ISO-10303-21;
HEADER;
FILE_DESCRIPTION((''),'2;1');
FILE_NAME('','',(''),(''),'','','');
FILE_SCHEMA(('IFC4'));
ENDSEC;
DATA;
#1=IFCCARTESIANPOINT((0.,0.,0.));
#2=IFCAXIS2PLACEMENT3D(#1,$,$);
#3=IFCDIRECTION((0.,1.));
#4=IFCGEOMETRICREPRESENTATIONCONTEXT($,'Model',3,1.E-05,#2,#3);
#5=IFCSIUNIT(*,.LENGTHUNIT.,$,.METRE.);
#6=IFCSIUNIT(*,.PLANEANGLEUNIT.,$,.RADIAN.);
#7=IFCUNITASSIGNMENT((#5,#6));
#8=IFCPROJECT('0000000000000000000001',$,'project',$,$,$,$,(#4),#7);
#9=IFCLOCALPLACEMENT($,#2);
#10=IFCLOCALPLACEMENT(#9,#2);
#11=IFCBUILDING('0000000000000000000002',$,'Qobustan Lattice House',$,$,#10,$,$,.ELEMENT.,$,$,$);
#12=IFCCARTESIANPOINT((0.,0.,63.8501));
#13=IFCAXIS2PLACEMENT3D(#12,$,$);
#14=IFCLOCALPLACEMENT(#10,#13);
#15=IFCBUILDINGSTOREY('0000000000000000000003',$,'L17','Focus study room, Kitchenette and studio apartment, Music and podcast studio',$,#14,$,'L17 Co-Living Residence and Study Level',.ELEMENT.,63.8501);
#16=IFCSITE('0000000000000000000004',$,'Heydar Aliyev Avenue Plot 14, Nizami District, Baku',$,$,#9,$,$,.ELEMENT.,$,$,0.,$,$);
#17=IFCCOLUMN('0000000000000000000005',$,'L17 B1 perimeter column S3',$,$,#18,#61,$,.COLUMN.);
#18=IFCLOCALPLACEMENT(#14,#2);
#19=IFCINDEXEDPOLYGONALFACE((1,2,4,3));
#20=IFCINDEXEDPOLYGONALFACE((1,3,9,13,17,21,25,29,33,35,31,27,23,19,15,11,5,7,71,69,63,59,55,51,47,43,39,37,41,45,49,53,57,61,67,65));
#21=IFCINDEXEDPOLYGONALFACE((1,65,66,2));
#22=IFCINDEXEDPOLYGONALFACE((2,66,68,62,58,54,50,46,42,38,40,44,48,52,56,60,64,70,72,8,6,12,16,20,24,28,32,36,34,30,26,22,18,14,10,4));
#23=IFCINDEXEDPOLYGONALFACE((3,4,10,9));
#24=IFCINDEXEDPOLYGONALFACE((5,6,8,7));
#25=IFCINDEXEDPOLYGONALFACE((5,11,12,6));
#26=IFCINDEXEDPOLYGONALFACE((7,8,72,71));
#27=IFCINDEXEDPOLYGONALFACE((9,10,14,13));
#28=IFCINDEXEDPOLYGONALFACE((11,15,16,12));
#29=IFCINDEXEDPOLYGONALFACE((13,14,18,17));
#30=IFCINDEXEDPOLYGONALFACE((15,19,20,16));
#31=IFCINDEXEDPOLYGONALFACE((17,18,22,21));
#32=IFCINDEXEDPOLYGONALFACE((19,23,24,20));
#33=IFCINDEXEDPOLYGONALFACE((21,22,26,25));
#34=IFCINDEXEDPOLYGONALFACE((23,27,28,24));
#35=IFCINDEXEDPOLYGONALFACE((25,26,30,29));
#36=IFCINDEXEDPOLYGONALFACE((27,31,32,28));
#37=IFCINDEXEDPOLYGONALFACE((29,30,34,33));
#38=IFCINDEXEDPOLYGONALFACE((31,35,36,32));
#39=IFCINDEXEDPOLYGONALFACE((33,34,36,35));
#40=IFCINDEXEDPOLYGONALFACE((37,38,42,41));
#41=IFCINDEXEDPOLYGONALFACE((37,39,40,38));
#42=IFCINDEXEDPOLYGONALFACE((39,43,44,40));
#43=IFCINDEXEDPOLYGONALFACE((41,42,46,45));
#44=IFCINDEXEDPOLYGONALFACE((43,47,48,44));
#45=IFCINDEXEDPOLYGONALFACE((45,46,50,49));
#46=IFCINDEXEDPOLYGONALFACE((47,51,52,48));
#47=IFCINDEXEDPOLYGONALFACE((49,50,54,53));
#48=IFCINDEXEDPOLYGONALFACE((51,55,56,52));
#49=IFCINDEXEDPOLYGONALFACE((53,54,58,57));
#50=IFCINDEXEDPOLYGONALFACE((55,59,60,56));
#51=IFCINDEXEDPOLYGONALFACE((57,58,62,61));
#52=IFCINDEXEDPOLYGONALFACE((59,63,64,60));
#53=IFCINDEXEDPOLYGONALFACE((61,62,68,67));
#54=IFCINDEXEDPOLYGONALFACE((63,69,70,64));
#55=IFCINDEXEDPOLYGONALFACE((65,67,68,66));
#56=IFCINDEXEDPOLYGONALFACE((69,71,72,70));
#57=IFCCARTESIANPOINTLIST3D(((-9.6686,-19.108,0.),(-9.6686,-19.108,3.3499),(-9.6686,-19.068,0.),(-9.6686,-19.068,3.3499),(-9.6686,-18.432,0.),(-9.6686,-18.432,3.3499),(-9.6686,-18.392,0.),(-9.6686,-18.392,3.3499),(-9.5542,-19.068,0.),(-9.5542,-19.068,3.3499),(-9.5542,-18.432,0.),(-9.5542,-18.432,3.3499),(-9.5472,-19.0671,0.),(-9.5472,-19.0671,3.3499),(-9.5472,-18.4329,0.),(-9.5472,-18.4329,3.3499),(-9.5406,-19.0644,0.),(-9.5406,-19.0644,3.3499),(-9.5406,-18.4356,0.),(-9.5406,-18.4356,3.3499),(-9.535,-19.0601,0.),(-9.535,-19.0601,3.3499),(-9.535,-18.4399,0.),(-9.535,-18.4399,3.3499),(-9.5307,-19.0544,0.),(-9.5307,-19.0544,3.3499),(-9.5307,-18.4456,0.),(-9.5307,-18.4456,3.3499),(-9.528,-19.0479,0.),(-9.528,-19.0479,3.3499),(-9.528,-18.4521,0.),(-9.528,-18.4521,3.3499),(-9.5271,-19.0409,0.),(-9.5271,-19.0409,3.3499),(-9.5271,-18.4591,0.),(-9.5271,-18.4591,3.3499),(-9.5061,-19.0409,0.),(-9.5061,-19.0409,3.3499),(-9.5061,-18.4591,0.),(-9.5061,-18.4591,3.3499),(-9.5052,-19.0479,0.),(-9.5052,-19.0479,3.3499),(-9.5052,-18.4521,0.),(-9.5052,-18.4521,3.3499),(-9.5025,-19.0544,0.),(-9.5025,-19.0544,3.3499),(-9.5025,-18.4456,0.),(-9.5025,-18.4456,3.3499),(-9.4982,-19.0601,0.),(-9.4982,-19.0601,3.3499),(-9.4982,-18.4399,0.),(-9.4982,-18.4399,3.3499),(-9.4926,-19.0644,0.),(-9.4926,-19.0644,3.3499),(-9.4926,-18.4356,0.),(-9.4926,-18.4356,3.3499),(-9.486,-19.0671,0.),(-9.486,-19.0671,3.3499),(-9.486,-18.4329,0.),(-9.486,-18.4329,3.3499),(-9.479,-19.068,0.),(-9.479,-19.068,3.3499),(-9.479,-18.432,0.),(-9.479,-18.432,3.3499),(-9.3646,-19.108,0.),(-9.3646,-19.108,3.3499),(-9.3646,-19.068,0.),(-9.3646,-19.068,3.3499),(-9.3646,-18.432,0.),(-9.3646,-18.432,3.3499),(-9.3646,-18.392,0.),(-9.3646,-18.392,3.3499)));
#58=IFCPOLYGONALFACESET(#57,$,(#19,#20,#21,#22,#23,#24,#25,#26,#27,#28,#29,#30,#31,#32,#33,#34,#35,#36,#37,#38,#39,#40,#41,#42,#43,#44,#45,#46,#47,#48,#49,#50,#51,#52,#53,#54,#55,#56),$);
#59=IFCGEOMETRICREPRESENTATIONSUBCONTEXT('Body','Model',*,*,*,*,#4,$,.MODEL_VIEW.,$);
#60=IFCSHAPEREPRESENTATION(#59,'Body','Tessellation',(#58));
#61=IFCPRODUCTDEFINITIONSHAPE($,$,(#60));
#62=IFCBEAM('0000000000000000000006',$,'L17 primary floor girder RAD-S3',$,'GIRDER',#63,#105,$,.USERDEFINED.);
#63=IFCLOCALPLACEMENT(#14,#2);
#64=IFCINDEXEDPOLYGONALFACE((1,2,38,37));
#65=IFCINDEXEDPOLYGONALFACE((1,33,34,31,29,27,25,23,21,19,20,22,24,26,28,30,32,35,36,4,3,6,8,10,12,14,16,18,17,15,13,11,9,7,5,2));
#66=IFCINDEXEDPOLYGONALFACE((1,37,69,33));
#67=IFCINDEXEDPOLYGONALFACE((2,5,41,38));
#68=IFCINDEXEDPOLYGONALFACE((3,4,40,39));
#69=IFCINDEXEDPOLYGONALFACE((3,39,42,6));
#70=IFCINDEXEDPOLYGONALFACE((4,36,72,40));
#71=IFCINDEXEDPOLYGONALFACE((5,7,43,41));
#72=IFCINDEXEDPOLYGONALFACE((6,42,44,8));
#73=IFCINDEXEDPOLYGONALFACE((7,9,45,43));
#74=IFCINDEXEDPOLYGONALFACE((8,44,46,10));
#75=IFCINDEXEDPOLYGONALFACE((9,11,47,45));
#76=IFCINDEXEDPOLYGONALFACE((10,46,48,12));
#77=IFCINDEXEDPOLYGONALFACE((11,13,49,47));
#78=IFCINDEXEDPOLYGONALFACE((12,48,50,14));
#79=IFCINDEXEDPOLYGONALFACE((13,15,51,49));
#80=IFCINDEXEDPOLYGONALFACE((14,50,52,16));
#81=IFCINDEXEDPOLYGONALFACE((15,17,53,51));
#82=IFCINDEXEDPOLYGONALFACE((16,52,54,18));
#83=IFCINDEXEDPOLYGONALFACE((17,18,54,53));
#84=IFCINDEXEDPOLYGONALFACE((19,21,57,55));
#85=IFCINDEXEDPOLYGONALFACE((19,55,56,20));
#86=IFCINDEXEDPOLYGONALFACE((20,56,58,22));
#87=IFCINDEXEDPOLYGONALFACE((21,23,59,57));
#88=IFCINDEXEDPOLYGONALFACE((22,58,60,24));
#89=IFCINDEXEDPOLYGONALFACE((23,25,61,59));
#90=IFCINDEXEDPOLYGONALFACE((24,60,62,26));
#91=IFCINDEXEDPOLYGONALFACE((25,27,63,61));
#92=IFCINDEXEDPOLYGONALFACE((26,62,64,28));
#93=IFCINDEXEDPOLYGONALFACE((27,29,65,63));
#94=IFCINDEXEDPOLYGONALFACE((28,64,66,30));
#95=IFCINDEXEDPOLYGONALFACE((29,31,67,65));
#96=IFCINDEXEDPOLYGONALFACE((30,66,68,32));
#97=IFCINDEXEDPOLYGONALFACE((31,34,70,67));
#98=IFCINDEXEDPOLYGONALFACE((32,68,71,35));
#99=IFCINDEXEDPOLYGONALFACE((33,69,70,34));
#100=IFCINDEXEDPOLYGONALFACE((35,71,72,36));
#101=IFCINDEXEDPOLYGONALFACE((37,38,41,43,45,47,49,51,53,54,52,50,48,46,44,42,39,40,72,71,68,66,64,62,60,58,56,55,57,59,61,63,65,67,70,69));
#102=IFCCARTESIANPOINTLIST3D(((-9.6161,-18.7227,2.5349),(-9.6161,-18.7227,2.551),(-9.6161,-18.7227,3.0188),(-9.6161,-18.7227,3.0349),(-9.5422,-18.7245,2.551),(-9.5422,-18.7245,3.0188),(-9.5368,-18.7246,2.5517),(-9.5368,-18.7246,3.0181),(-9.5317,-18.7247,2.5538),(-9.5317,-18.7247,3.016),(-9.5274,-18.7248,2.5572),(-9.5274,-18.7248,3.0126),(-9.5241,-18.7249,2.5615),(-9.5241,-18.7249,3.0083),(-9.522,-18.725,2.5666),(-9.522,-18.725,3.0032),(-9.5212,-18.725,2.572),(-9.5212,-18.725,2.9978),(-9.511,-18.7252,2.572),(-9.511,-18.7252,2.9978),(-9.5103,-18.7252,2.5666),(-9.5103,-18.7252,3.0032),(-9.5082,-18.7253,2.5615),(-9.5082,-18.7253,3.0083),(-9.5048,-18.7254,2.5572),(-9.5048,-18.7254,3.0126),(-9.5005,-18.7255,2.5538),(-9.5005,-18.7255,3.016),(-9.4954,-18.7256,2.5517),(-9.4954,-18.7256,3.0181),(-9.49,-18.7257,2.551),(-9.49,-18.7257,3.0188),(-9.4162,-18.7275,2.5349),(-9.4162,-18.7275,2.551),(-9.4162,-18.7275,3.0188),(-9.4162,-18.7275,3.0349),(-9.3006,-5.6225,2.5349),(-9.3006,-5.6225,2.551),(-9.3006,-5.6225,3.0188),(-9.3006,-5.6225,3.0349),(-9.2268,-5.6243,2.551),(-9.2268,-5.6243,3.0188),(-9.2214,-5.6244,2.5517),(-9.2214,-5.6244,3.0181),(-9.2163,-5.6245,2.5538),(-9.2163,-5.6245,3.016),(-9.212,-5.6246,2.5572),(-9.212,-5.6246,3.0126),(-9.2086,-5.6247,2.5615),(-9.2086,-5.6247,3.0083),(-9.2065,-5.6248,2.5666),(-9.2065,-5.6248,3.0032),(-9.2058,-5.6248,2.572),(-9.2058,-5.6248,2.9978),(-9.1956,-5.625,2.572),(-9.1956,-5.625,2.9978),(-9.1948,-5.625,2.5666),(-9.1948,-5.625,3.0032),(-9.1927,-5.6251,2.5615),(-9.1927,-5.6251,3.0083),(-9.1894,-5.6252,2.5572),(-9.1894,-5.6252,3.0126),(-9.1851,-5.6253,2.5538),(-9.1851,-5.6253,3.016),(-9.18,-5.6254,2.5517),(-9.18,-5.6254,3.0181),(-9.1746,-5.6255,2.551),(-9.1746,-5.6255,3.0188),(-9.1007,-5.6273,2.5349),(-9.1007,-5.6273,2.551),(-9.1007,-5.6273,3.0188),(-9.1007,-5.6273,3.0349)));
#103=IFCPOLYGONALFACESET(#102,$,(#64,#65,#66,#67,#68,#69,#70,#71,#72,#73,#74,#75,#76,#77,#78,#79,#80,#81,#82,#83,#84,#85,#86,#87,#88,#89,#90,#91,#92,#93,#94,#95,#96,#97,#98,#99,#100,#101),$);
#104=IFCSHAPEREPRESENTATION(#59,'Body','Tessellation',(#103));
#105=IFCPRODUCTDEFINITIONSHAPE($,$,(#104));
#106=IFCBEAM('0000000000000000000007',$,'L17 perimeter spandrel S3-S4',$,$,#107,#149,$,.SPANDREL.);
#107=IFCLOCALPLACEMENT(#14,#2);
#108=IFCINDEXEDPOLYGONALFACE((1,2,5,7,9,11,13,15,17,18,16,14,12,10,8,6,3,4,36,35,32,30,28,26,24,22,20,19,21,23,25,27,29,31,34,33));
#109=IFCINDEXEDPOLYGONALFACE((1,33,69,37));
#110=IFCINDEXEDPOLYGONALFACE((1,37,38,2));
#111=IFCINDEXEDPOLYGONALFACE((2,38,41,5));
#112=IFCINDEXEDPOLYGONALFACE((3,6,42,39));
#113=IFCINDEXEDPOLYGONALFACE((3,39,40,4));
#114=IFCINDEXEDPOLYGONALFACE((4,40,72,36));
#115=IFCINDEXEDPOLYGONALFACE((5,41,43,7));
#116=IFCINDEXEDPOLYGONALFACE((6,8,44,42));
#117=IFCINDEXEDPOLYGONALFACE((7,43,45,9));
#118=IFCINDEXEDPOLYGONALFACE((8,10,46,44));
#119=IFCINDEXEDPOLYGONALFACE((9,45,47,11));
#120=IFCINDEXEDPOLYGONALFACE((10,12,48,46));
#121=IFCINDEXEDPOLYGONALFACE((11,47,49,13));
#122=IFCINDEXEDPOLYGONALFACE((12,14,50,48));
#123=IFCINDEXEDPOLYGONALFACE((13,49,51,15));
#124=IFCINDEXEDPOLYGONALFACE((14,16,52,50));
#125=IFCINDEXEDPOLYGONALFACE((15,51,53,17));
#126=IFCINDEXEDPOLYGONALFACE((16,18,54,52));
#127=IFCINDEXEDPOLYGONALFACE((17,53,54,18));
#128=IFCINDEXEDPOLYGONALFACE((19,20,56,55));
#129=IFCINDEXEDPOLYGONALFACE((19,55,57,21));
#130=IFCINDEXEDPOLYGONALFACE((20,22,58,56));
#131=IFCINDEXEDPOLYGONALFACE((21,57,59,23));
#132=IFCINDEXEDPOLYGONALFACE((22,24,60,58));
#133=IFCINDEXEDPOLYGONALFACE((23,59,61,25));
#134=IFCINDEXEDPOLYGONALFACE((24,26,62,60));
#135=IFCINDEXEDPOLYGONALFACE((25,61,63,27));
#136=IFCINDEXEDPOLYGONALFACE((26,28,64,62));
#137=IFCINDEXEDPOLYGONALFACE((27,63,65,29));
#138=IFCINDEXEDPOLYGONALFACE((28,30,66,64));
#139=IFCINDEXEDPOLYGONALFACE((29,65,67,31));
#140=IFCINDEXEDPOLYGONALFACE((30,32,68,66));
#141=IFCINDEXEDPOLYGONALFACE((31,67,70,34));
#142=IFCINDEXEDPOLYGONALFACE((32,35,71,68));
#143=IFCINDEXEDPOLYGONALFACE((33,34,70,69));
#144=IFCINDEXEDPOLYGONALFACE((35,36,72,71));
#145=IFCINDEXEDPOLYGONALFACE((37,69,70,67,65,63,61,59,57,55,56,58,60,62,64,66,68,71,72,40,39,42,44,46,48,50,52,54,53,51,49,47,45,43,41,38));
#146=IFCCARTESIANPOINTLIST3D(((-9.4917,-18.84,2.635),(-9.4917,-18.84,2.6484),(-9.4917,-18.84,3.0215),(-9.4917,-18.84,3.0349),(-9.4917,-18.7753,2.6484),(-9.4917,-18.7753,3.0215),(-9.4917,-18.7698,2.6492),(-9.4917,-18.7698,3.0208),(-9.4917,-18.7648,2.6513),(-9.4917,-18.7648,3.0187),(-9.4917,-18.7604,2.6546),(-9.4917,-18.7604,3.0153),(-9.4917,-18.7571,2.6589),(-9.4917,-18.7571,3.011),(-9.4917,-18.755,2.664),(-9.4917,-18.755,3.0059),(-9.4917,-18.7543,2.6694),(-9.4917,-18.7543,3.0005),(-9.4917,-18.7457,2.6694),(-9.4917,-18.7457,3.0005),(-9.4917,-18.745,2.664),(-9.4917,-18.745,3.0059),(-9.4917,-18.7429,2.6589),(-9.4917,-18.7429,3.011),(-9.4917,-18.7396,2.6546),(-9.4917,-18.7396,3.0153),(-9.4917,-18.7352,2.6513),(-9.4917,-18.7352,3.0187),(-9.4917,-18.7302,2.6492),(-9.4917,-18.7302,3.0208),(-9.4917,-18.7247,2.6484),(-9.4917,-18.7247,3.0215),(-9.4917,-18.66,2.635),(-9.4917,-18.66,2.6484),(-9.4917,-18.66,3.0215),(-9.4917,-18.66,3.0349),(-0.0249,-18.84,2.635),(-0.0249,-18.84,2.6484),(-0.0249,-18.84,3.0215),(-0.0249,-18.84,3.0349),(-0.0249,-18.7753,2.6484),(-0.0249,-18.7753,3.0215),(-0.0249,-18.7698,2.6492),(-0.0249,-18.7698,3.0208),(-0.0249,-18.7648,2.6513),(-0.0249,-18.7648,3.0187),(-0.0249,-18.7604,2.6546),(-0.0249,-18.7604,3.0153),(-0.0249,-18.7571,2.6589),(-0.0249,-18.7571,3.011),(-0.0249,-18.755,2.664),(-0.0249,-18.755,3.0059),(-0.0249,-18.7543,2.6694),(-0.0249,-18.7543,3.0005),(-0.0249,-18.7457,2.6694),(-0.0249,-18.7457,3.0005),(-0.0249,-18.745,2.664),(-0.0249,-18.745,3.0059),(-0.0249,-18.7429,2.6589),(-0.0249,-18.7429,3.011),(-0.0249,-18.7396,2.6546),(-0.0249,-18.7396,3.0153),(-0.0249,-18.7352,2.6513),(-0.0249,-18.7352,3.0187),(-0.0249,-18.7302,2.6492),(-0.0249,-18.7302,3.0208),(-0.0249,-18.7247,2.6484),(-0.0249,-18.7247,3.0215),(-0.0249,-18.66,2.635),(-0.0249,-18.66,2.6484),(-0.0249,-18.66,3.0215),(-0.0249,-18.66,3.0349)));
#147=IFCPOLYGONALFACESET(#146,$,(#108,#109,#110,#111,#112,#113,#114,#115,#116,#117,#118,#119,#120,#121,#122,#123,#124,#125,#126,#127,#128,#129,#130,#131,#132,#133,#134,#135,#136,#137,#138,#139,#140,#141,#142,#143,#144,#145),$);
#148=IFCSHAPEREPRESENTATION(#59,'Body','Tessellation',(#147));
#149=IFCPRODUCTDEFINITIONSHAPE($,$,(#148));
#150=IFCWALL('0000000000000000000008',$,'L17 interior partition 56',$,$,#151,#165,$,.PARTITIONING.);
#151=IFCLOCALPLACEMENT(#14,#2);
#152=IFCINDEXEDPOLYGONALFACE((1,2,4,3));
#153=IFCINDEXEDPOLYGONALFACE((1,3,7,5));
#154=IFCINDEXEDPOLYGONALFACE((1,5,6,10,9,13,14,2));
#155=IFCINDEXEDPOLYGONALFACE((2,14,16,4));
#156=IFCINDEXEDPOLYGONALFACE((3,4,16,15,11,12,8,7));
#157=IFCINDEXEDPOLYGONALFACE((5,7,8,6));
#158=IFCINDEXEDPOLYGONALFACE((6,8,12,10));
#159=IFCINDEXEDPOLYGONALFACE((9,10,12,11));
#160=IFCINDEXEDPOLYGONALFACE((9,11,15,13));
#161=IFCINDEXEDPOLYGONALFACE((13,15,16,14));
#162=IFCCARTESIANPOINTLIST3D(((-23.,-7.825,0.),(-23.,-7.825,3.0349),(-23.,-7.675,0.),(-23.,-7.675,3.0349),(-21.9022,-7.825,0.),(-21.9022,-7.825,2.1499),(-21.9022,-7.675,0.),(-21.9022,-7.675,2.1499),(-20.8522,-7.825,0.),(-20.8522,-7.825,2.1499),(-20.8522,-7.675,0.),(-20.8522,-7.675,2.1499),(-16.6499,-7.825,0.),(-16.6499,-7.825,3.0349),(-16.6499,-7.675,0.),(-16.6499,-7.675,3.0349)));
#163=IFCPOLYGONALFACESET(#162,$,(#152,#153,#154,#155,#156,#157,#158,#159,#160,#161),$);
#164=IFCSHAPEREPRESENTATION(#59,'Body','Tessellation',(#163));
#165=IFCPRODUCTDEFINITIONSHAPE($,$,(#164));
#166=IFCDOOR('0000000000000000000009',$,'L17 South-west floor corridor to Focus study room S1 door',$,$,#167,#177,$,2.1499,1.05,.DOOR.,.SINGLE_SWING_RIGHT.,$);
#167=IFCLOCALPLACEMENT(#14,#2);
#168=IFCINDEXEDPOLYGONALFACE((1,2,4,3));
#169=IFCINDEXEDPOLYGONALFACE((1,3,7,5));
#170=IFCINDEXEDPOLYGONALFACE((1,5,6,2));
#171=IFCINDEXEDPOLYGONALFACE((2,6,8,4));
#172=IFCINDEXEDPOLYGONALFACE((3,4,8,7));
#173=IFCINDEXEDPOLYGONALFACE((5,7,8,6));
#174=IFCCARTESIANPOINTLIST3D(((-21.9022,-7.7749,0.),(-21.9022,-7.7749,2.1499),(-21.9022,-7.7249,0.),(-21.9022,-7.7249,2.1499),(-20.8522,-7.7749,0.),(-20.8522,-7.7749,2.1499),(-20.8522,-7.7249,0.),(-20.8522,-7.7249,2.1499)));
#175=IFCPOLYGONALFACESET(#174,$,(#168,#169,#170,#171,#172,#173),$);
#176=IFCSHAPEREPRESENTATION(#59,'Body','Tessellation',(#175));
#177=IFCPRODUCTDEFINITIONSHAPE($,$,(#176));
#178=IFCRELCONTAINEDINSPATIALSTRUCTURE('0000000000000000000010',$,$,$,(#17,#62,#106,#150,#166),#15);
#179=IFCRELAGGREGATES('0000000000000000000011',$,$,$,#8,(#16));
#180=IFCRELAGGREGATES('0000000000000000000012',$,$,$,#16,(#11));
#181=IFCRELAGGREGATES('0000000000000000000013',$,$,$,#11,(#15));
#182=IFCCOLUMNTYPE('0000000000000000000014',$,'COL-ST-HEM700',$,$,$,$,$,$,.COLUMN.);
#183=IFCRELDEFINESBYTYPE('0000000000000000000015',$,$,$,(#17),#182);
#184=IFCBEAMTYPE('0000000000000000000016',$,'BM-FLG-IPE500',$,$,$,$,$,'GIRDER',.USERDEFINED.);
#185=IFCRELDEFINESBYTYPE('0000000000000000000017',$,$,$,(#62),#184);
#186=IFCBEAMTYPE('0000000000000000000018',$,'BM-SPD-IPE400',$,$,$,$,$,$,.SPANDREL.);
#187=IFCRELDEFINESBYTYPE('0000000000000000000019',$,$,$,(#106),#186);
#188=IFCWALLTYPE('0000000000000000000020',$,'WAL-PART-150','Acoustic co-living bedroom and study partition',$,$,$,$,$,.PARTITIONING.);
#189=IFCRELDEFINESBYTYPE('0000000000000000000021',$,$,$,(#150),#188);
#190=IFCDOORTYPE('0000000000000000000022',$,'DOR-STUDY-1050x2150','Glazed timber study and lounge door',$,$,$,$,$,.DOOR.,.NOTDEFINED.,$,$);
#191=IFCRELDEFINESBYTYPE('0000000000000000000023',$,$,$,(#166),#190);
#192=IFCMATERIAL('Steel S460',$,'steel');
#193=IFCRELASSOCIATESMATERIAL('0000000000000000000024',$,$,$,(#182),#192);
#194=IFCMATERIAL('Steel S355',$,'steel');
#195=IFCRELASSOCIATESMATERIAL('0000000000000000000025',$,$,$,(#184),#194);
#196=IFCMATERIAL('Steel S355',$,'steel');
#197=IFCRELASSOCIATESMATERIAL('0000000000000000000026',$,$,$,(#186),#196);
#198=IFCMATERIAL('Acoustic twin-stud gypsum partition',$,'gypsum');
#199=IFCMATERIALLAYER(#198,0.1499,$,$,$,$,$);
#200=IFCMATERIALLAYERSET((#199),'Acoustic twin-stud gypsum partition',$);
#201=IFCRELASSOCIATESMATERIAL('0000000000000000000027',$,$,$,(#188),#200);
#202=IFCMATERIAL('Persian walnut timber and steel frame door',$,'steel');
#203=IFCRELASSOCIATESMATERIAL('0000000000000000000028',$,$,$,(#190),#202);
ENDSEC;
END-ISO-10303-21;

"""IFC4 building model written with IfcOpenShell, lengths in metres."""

from ifc_helpers import new_model, si_unit, direction, frame, frame_2d, origin, origin_2d, place, context, subcontext, project, spatial, rectangle, i_section, extrude, material, layer, layer_set, material_profile, profile_set, type_object, element, fill, save


model = new_model("IFC4")

# Units and contexts
model_context = context("Model", 3, precision=1e-05, world=origin(), true_north=direction((0.0, 1.0)))
body_context = subcontext(model_context, "Body", "Model", "MODEL_VIEW")
ifc_project = project(units=[si_unit("LENGTHUNIT", "METRE"), si_unit("PLANEANGLEUNIT", "RADIAN")], contexts=[model_context])

# Site, building, storey
site_placement = place(None, origin())
site = spatial("IfcSite", under=ifc_project, at=site_placement, Name="Heydar Aliyev Avenue Plot 14, Nizami District, Baku", CompositionType="ELEMENT", RefElevation=0.0)
building_placement = place(site_placement, origin())
building = spatial("IfcBuilding", under=site, at=building_placement, Name="Qobustan Lattice House", CompositionType="ELEMENT")
storey_placement = place(building_placement, frame((0.0, 0.0, 63.8501)))
storey = spatial("IfcBuildingStorey", under=building, at=storey_placement, Name="L17", Description="Focus study room, Kitchenette and studio apartment, Music and podcast studio", LongName="L17 Co-Living Residence and Study Level", CompositionType="ELEMENT", Elevation=63.8501)

# Column
ifc_material_1 = material(Name="Steel S460", Category="steel")
ifc_material_profile_1 = material_profile(ifc_material_1, i_section(OverallWidth=0.304, OverallDepth=0.7161, WebThickness=0.021, FlangeThickness=0.04, FilletRadius=0.0271, at=origin_2d()), Name="HEM700")
ifc_profile_set_1 = profile_set([ifc_material_profile_1], Name="Steel S460")
column_type = type_object("IfcColumnType", Name="COL-ST-HEM700", PredefinedType="COLUMN", material=ifc_profile_set_1)
column_placement = place(storey_placement, frame((-9.5166, -18.75, 0.0), z_axis=(0.0, 0.0, 1.0), x_axis=(1.0, 0.0, 0.0)))
element("IfcColumn", 1, at=column_placement, inside=storey, type_object=column_type, Name="L17 B1 perimeter column S3", PredefinedType="COLUMN", context=body_context, shape_type="SweptSolid", body=[
    extrude(i_section(OverallWidth=0.304, OverallDepth=0.7161, WebThickness=0.021, FlangeThickness=0.04, FilletRadius=0.0271, at=origin_2d()), origin(), (0.0, 0.0, 1.0), 3.3499),
])

# Beams
ifc_material_2 = material(Name="Steel S355", Category="steel")
ifc_material_profile_2 = material_profile(ifc_material_2, i_section(OverallWidth=0.2, OverallDepth=0.5, WebThickness=0.0103, FlangeThickness=0.0161, FilletRadius=0.021, at=origin_2d()), Name="IPE500")
ifc_profile_set_2 = profile_set([ifc_material_profile_2], Name="Steel S355")
beam_type_1 = type_object("IfcBeamType", Name="BM-FLG-IPE500", ElementType="GIRDER", PredefinedType="USERDEFINED", material=ifc_profile_set_2)
beam_1_placement = place(storey_placement, frame((-9.5161, -18.7251, 2.7849), z_axis=(0.024071, 0.99971, 0.0), x_axis=(-0.99971, 0.024071, 0.0)))
element("IfcBeam", 2, at=beam_1_placement, inside=storey, type_object=beam_type_1, Name="L17 primary floor girder RAD-S3", ObjectType="GIRDER", PredefinedType="USERDEFINED", context=body_context, shape_type="SweptSolid", body=[
    extrude(i_section(OverallWidth=0.2, OverallDepth=0.5, WebThickness=0.0103, FlangeThickness=0.0161, FilletRadius=0.021, at=origin_2d()), origin(), (0.0, 0.0, 1.0), 13.104),
])
ifc_material_3 = material(Name="Steel S355", Category="steel")
ifc_material_profile_3 = material_profile(ifc_material_3, i_section(OverallWidth=0.1799, OverallDepth=0.3999, WebThickness=0.0085, FlangeThickness=0.0134, FilletRadius=0.021, at=origin_2d()), Name="IPE400")
ifc_profile_set_3 = profile_set([ifc_material_profile_3], Name="Steel S355")
beam_type_2 = type_object("IfcBeamType", Name="BM-SPD-IPE400", PredefinedType="SPANDREL", material=ifc_profile_set_3)
beam_2_placement = place(storey_placement, frame((-9.4917, -18.75, 2.835), z_axis=(1.0, 0.0, 0.0), x_axis=(0.0, 1.0, 0.0)))
element("IfcBeam", 3, at=beam_2_placement, inside=storey, type_object=beam_type_2, Name="L17 perimeter spandrel S3-S4", PredefinedType="SPANDREL", context=body_context, shape_type="SweptSolid", body=[
    extrude(i_section(OverallWidth=0.1799, OverallDepth=0.3999, WebThickness=0.0085, FlangeThickness=0.0134, FilletRadius=0.021, at=origin_2d()), origin(), (0.0, 0.0, 1.0), 9.4668),
])

# Wall, opening, door
ifc_material_4 = material(Name="Acoustic twin-stud gypsum partition", Category="gypsum")
ifc_layer_1 = layer(ifc_material_4, 0.1499)
ifc_layer_set_1 = layer_set([ifc_layer_1], Name="Acoustic twin-stud gypsum partition")
wall_type_1 = type_object("IfcWallType", Name="WAL-PART-150", Description="Acoustic co-living bedroom and study partition", PredefinedType="PARTITIONING", material=ifc_layer_set_1)
wall_1_placement = place(storey_placement, frame((-16.6499, -7.75, 0.0), z_axis=(0.0, 0.0, 1.0), x_axis=(-1.0, 0.0, 0.0)))
wall_1 = element("IfcWall", 4, at=wall_1_placement, inside=storey, type_object=wall_type_1, Name="L17 interior partition 56", PredefinedType="PARTITIONING", context=body_context, shape_type="SweptSolid", body=[
    extrude(rectangle(XDim=6.3501, YDim=0.1499, at=frame_2d((3.175, 0.0))), origin(), (0.0, 0.0, 1.0), 3.0349),
])
opening_1_placement = place(wall_1_placement, frame((4.2024, 0.0, 0.0)))
opening_1 = element("IfcOpeningElement", 5, at=opening_1_placement, cuts=wall_1, PredefinedType="OPENING", context=body_context, shape_type="SweptSolid", body=[
    extrude(rectangle(XDim=1.05, YDim=2.1499, at=frame_2d((0.5249, 1.075))), frame((0.0, 0.085, 0.0), z_axis=(0.0, -1.0, 0.0), x_axis=(1.0, 0.0, 0.0)), (0.0, 0.0, 1.0), 0.1699),
])
ifc_material_5 = material(Name="Persian walnut timber and steel frame door", Category="steel")
door_type_1 = type_object("IfcDoorType", Name="DOR-STUDY-1050x2150", Description="Glazed timber study and lounge door", OperationType="NOTDEFINED", PredefinedType="DOOR", material=ifc_material_5)
door_1_placement = place(opening_1_placement, origin())
door_1 = element("IfcDoor", 6, at=door_1_placement, inside=storey, type_object=door_type_1, Name="L17 South-west floor corridor to Focus study room S1 door", OperationType="SINGLE_SWING_RIGHT", OverallHeight=2.1499, OverallWidth=1.05, PredefinedType="DOOR", context=body_context, shape_type="SweptSolid", body=[
    extrude(rectangle(XDim=1.05, YDim=2.1499, at=frame_2d((0.5249, 1.075))), frame((0.0, 0.0249, 0.0), z_axis=(0.0, -1.0, 0.0), x_axis=(1.0, 0.0, 0.0)), (0.0, 0.0, 1.0), 0.05),
])
fill(opening_1, door_1)

save(model, "model.ifc")
